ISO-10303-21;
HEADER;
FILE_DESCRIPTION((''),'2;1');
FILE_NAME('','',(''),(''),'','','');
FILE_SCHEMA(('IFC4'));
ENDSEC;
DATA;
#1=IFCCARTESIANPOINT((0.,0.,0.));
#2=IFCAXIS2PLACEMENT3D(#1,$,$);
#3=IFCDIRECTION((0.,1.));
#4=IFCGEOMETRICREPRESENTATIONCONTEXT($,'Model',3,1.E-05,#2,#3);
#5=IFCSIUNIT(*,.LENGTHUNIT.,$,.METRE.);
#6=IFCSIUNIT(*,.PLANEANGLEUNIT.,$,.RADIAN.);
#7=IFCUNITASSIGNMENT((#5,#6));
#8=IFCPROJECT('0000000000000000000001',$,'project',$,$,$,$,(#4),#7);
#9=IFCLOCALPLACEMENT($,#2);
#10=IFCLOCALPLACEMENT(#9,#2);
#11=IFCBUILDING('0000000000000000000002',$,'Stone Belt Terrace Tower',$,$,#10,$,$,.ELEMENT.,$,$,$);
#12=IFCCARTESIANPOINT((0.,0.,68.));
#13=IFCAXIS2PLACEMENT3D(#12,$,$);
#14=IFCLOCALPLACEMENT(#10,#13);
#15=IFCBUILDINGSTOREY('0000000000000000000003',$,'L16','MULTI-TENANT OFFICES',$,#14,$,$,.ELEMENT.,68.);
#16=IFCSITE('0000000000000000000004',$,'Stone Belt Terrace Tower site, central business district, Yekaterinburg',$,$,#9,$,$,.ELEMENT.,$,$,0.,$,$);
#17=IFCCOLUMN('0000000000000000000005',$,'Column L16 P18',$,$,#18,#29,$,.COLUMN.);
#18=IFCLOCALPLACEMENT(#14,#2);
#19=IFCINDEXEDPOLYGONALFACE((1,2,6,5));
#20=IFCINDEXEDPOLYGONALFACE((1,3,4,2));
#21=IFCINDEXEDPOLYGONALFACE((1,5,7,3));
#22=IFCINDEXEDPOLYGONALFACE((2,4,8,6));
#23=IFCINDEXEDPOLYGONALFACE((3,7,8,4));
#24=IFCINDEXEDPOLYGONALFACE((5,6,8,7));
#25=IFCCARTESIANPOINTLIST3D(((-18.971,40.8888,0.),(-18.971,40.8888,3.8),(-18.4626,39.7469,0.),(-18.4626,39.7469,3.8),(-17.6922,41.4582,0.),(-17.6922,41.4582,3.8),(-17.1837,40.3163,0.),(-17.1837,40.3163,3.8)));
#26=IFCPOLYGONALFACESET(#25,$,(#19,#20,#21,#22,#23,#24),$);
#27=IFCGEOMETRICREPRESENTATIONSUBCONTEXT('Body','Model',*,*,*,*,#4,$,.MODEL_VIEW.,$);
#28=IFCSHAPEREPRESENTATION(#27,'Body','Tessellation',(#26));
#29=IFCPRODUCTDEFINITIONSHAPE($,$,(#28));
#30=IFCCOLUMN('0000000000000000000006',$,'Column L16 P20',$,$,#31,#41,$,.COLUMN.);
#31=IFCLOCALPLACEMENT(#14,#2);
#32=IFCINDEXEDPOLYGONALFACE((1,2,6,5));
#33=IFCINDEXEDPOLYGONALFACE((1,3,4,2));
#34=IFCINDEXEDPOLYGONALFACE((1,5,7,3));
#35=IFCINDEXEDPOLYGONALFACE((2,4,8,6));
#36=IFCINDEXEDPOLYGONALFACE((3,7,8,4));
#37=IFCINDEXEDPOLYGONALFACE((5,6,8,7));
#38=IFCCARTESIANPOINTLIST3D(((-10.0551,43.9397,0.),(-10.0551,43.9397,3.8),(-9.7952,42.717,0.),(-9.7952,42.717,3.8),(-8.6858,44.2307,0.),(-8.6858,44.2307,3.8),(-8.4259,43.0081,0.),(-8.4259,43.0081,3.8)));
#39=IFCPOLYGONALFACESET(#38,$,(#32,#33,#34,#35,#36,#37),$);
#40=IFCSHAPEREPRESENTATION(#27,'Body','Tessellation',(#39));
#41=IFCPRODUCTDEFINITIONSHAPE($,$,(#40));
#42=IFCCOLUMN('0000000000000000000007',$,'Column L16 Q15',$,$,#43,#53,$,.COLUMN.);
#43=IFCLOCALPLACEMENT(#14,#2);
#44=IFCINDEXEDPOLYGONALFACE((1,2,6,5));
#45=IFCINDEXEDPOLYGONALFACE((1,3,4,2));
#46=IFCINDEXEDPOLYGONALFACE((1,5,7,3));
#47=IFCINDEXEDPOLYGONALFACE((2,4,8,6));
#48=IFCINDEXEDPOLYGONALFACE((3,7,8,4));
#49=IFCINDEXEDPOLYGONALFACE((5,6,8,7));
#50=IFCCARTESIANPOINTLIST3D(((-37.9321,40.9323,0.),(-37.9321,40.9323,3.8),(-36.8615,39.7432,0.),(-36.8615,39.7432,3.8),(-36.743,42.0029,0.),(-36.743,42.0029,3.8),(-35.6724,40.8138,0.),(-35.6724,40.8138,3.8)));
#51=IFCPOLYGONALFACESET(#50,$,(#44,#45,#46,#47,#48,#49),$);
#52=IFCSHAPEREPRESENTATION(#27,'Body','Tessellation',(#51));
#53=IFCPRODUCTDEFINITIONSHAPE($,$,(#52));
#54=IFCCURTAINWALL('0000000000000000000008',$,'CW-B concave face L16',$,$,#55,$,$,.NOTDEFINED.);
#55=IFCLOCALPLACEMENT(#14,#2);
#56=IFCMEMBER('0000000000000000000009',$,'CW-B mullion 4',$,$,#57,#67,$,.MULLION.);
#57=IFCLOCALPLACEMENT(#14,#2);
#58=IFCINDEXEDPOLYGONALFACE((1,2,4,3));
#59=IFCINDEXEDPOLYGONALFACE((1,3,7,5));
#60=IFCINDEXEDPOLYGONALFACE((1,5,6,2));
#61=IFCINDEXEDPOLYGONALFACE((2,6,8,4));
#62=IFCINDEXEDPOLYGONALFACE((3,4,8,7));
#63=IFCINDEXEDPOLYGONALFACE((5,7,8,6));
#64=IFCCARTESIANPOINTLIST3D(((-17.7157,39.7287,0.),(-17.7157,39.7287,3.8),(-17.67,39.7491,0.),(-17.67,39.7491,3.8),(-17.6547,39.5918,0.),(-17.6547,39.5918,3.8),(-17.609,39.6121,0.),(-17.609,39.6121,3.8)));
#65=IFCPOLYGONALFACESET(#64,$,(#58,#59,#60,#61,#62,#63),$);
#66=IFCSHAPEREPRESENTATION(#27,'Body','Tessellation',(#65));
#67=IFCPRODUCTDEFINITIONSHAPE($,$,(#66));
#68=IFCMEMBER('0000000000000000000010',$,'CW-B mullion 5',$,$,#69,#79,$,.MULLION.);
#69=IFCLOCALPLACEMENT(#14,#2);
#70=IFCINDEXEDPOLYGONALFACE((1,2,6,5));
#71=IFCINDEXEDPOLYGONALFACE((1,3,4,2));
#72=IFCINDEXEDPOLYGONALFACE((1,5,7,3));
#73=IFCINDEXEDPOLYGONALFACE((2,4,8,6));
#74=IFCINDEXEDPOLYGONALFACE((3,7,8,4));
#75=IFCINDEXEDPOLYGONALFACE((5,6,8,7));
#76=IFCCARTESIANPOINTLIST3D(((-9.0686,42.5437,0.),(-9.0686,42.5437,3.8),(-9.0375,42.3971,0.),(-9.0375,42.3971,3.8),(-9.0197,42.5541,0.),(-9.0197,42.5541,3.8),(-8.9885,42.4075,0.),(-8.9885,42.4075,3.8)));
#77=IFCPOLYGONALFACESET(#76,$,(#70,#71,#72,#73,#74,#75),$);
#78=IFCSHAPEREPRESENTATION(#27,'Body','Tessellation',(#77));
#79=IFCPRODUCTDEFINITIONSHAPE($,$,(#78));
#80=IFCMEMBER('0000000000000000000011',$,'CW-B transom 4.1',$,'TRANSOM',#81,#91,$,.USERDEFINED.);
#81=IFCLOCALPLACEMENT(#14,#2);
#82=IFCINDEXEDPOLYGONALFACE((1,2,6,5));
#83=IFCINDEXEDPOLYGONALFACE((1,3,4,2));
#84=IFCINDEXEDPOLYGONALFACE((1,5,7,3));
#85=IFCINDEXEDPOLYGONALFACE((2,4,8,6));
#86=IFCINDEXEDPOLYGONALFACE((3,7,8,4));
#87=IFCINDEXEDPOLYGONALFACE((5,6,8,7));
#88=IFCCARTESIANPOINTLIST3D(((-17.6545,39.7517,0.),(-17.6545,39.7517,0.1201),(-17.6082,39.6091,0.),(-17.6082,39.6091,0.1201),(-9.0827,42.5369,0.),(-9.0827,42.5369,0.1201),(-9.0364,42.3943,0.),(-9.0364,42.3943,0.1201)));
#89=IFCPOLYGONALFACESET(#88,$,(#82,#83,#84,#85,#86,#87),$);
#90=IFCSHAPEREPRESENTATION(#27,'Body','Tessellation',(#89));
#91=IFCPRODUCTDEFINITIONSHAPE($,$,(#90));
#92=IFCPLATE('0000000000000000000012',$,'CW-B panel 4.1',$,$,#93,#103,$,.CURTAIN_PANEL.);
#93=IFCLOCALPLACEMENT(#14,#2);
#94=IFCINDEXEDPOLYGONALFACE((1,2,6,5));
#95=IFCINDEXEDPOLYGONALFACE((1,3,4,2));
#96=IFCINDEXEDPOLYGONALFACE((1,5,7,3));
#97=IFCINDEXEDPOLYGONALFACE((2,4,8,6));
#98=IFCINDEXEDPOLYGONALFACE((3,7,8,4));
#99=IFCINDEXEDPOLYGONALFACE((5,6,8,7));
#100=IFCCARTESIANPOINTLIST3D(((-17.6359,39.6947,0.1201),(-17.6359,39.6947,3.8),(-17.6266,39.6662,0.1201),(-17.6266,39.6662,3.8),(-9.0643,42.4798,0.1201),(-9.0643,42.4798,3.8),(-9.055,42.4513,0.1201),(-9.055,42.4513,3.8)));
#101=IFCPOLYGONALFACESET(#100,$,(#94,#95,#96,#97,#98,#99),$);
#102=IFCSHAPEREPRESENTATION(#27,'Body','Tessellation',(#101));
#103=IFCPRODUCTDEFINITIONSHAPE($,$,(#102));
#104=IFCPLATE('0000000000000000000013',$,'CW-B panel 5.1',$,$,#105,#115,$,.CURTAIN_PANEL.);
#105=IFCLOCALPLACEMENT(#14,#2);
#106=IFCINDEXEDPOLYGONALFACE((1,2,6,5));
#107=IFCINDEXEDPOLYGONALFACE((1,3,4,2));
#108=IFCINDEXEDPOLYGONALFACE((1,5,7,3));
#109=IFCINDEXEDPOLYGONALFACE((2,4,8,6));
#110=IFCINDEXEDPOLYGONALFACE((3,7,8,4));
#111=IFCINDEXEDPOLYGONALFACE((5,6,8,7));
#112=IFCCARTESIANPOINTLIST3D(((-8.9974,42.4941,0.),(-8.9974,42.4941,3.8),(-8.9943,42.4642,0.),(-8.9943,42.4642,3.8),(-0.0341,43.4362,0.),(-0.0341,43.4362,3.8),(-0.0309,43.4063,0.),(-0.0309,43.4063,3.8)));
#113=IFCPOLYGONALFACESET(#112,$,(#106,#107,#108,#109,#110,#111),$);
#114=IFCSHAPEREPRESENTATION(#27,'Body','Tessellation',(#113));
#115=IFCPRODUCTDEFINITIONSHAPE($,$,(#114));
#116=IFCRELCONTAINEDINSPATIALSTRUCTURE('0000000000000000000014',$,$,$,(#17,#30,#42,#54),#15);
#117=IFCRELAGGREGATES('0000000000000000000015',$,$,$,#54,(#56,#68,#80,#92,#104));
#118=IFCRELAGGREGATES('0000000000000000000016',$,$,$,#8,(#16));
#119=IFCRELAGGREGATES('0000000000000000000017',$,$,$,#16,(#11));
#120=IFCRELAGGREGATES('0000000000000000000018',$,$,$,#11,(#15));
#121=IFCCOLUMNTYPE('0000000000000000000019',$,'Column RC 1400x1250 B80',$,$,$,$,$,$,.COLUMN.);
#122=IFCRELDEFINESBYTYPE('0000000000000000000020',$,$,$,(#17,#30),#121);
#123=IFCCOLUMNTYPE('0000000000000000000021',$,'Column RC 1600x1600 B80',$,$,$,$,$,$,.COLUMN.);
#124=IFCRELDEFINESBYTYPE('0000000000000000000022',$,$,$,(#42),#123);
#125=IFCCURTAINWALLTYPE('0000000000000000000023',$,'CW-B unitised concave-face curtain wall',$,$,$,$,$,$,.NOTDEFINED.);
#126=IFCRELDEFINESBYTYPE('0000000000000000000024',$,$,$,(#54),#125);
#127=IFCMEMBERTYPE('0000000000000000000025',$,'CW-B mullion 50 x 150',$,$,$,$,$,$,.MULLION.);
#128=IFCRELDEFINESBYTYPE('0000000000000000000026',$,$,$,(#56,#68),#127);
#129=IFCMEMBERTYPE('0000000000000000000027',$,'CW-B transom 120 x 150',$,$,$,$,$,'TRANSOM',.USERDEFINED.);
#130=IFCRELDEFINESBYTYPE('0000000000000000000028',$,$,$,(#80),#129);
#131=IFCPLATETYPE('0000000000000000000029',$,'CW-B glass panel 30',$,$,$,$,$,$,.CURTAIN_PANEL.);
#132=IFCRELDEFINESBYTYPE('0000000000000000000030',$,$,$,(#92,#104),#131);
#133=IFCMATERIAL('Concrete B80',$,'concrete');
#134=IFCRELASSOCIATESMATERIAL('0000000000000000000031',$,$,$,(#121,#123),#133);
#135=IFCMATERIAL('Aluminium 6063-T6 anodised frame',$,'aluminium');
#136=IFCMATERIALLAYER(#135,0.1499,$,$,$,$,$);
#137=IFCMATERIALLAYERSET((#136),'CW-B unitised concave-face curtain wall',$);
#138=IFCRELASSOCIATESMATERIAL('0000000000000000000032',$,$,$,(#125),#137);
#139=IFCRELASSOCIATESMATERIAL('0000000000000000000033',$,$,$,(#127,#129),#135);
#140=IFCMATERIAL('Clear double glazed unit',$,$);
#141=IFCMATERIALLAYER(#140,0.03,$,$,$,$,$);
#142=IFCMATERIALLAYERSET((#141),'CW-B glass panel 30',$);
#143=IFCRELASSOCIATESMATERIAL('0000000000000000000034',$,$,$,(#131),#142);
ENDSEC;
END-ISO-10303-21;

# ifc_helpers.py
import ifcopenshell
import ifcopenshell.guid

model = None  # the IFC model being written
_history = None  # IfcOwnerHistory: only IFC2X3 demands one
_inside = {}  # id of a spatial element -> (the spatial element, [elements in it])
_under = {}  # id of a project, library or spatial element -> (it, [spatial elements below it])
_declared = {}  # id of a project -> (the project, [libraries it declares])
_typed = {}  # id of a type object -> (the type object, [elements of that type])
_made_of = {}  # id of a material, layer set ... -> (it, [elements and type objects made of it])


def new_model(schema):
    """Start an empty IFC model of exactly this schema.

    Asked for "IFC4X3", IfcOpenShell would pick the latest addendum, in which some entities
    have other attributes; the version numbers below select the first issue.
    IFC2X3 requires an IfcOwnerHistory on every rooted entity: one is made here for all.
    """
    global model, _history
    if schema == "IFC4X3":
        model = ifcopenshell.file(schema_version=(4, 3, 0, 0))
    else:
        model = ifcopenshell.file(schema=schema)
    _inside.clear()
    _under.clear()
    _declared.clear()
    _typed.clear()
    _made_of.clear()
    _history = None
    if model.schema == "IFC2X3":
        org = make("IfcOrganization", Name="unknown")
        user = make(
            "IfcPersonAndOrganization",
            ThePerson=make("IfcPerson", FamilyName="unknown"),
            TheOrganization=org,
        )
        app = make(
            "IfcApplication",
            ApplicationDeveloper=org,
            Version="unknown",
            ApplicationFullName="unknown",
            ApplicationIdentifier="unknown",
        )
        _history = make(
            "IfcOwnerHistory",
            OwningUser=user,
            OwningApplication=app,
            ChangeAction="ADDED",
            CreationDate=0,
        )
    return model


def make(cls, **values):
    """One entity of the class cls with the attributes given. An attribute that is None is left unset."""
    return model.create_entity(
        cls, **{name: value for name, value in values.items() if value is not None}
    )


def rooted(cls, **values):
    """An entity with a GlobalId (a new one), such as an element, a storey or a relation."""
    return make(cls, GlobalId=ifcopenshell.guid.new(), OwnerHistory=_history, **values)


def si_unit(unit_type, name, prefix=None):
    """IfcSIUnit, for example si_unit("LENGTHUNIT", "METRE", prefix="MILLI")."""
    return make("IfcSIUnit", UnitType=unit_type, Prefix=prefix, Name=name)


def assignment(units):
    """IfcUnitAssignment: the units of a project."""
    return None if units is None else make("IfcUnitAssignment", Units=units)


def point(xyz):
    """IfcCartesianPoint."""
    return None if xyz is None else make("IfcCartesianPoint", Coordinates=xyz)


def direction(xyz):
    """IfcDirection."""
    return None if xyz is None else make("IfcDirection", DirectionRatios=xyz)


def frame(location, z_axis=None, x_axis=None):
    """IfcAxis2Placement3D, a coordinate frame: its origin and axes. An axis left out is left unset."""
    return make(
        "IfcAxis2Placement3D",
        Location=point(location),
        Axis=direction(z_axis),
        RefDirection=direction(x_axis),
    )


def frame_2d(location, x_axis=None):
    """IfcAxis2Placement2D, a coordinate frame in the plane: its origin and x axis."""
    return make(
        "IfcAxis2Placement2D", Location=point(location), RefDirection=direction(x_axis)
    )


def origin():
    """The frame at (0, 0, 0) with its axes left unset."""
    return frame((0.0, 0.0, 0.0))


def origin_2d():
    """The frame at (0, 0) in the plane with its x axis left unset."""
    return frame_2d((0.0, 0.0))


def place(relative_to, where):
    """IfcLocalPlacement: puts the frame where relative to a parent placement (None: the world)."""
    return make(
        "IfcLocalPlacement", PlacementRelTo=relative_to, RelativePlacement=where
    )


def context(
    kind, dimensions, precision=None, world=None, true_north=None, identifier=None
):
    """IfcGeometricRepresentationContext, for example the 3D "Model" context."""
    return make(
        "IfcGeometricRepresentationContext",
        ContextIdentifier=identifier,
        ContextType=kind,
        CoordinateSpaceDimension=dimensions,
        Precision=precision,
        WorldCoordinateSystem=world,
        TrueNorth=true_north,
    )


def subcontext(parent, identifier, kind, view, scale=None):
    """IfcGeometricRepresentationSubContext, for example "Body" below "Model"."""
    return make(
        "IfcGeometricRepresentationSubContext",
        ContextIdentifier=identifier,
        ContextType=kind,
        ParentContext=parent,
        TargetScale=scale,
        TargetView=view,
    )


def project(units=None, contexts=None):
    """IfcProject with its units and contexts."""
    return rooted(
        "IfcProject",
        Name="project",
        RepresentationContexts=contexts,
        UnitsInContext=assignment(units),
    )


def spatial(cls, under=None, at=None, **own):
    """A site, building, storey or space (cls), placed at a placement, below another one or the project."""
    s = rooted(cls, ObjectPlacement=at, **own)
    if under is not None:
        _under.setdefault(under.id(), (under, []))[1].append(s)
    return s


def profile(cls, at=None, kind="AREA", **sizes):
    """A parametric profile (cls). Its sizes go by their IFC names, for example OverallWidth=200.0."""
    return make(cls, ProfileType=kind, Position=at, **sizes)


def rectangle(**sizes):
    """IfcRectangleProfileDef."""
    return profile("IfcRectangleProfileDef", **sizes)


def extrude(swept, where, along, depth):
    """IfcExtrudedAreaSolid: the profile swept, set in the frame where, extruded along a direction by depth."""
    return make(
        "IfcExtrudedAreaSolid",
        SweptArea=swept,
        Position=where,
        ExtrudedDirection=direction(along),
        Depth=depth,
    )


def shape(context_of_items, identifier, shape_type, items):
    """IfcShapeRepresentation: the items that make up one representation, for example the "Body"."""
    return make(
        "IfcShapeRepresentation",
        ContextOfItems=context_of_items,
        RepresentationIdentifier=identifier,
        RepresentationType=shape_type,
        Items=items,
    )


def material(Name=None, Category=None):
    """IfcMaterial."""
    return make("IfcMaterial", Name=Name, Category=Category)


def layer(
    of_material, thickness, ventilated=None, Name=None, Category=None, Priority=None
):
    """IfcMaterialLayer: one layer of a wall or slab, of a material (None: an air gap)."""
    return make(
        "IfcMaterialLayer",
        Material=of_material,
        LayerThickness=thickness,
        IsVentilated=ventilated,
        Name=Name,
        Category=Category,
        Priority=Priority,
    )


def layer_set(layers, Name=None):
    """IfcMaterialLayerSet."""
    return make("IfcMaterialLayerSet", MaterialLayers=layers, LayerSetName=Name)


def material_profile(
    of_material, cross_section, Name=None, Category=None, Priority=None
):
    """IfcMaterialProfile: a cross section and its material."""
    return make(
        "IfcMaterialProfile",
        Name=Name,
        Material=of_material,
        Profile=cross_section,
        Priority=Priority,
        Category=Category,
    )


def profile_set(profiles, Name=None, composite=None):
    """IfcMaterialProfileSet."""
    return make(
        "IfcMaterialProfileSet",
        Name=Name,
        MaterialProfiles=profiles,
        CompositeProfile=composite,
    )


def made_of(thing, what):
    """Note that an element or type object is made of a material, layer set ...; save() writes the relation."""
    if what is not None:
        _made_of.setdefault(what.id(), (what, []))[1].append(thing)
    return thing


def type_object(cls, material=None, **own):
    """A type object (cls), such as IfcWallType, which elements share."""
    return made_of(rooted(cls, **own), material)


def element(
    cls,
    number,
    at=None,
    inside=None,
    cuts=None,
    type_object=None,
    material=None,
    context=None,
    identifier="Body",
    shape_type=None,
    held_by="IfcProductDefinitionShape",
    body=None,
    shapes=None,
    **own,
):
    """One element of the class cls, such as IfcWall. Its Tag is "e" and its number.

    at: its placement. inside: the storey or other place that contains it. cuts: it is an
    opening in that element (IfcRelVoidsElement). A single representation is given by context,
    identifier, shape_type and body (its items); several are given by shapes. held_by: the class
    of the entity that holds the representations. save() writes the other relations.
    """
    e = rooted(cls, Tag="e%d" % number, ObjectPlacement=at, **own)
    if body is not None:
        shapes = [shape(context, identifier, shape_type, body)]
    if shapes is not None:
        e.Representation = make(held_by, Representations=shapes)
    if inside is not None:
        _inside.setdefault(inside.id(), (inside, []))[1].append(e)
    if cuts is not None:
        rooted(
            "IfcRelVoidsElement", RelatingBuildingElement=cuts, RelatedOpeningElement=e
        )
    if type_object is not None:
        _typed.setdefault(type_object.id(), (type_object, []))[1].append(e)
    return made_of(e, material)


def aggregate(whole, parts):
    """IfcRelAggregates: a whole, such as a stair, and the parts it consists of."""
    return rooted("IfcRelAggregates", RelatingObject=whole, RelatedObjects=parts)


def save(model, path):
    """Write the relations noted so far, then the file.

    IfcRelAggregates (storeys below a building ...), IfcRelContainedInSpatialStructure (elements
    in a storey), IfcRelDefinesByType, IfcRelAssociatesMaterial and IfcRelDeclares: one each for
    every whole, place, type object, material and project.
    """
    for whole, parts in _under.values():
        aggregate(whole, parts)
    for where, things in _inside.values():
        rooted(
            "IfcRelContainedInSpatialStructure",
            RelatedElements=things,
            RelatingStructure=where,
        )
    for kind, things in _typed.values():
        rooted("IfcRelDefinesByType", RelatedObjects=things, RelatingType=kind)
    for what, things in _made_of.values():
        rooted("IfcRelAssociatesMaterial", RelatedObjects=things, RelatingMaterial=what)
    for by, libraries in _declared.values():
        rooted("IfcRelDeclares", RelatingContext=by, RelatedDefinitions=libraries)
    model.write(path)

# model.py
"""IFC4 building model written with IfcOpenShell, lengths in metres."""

from ifc_helpers import new_model, si_unit, direction, frame, origin, origin_2d, place, context, subcontext, project, spatial, rectangle, extrude, material, layer, layer_set, material_profile, profile_set, type_object, element, aggregate, save


model = new_model("IFC4")

# Units and contexts
model_context = context("Model", 3, precision=1e-05, world=origin(), true_north=direction((0.0, 1.0)))
body_context = subcontext(model_context, "Body", "Model", "MODEL_VIEW")
ifc_project = project(units=[si_unit("LENGTHUNIT", "METRE"), si_unit("PLANEANGLEUNIT", "RADIAN")], contexts=[model_context])

# Site, building, storey
site_placement = place(None, origin())
site = spatial("IfcSite", under=ifc_project, at=site_placement, Name="Stone Belt Terrace Tower site, central business district, Yekaterinburg", CompositionType="ELEMENT", RefElevation=0.0)
building_placement = place(site_placement, origin())
building = spatial("IfcBuilding", under=site, at=building_placement, Name="Stone Belt Terrace Tower", CompositionType="ELEMENT")
storey_placement = place(building_placement, frame((0.0, 0.0, 68.0)))
storey = spatial("IfcBuildingStorey", under=building, at=storey_placement, Name="L16", Description="MULTI-TENANT OFFICES", CompositionType="ELEMENT", Elevation=68.0)

# Columns
ifc_material_1 = material(Name="Concrete B80", Category="concrete")
ifc_material_profile_1 = material_profile(ifc_material_1, rectangle(XDim=1.3999, YDim=1.25, at=origin_2d()), Name="RC 1400x1250")
ifc_profile_set_1 = profile_set([ifc_material_profile_1], Name="Concrete B80")
column_type_1 = type_object("IfcColumnType", Name="Column RC 1400x1250 B80", PredefinedType="COLUMN", material=ifc_profile_set_1)
for number, where, z_axis, x_axis, name in (
    (1, (-18.0774, 40.6025, 0.0), (0.0, 0.0, 1.0), (0.913545, 0.406737, 0.0), "Column L16 P18"),
    (2, (-9.2405, 43.4739, 0.0), (0.0, 0.0, 1.0), (0.978148, 0.207912, 0.0), "Column L16 P20"),
):
    element("IfcColumn", number, at=place(storey_placement, frame(where, z_axis=z_axis, x_axis=x_axis)), inside=storey, type_object=column_type_1, Name=name, PredefinedType="COLUMN", context=body_context, shape_type="SweptSolid", body=[
        extrude(rectangle(XDim=1.3999, YDim=1.25, at=origin_2d()), origin(), (0.0, 0.0, 1.0), 3.8),
    ])
ifc_material_profile_2 = material_profile(ifc_material_1, rectangle(XDim=1.6001, YDim=1.6001, at=origin_2d()), Name="RC 1600x1600")
ifc_profile_set_2 = profile_set([ifc_material_profile_2], Name="Concrete B80")
column_type_2 = type_object("IfcColumnType", Name="Column RC 1600x1600 B80", PredefinedType="COLUMN", material=ifc_profile_set_2)
column_placement = place(storey_placement, frame((-36.8022, 40.873, 0.0), z_axis=(0.0, 0.0, 1.0), x_axis=(0.743145, 0.669131, 0.0)))
element("IfcColumn", 3, at=column_placement, inside=storey, type_object=column_type_2, Name="Column L16 Q15", PredefinedType="COLUMN", context=body_context, shape_type="SweptSolid", body=[
    extrude(rectangle(XDim=1.6001, YDim=1.6001, at=origin_2d()), origin(), (0.0, 0.0, 1.0), 3.8),
])

# Curtain wall, members, plates
ifc_material_2 = material(Name="Aluminium 6063-T6 anodised frame", Category="aluminium")
ifc_layer_1 = layer(ifc_material_2, 0.1499)
ifc_layer_set_1 = layer_set([ifc_layer_1], Name="CW-B unitised concave-face curtain wall")
curtain_wall_type = type_object("IfcCurtainWallType", Name="CW-B unitised concave-face curtain wall", PredefinedType="NOTDEFINED", material=ifc_layer_set_1)
curtain_wall_placement = place(storey_placement, origin())
curtain_wall = element("IfcCurtainWall", 4, at=curtain_wall_placement, inside=storey, type_object=curtain_wall_type, Name="CW-B concave face L16", PredefinedType="NOTDEFINED")
ifc_material_profile_3 = material_profile(ifc_material_2, rectangle(XDim=0.1499, YDim=0.05, at=origin_2d()), Name="Aluminium 6063-T6 50x150")
ifc_profile_set_3 = profile_set([ifc_material_profile_3], Name="Aluminium 6063-T6 anodised frame")
member_type_1 = type_object("IfcMemberType", Name="CW-B mullion 50 x 150", PredefinedType="MULLION", material=ifc_profile_set_3)
member_1_placement = place(storey_placement, frame((-17.6624, 39.6704, 0.0), z_axis=(0.0, 0.0, 1.0), x_axis=(-0.406737, 0.913545, 0.0)))
member_1 = element("IfcMember", 5, at=member_1_placement, type_object=member_type_1, Name="CW-B mullion 4", PredefinedType="MULLION", context=body_context, shape_type="SweptSolid", body=[
    extrude(rectangle(XDim=0.1499, YDim=0.05, at=origin_2d()), origin(), (0.0, 0.0, 1.0), 3.8),
])
member_2_placement = place(storey_placement, frame((-9.0286, 42.4756, 0.0), z_axis=(0.0, 0.0, 1.0), x_axis=(-0.207912, 0.978148, 0.0)))
member_2 = element("IfcMember", 6, at=member_2_placement, type_object=member_type_1, Name="CW-B mullion 5", PredefinedType="MULLION", context=body_context, shape_type="SweptSolid", body=[
    extrude(rectangle(XDim=0.1499, YDim=0.05, at=origin_2d()), origin(), (0.0, 0.0, 1.0), 3.8),
])
ifc_material_profile_4 = material_profile(ifc_material_2, rectangle(XDim=0.1499, YDim=0.1201, at=origin_2d()), Name="Aluminium 6063-T6 150x120")
ifc_profile_set_4 = profile_set([ifc_material_profile_4], Name="Aluminium 6063-T6 anodised frame")
member_type_2 = type_object("IfcMemberType", Name="CW-B transom 120 x 150", ElementType="TRANSOM", PredefinedType="USERDEFINED", material=ifc_profile_set_4)
member_3_placement = place(storey_placement, frame((-17.6313, 39.6804, 0.0601), z_axis=(0.951056, 0.309019, 0.0), x_axis=(-0.309019, 0.951056, 0.0)))
member_3 = element("IfcMember", 7, at=member_3_placement, type_object=member_type_2, Name="CW-B transom 4.1", ObjectType="TRANSOM", PredefinedType="USERDEFINED", context=body_context, shape_type="SweptSolid", body=[
    extrude(rectangle(XDim=0.1499, YDim=0.1201, at=origin_2d()), origin(), (0.0, 0.0, 1.0), 9.0129),
])
ifc_material_3 = material(Name="Clear double glazed unit")
ifc_layer_2 = layer(ifc_material_3, 0.03)
ifc_layer_set_2 = layer_set([ifc_layer_2], Name="CW-B glass panel 30")
plate_type = type_object("IfcPlateType", Name="CW-B glass panel 30", PredefinedType="CURTAIN_PANEL", material=ifc_layer_set_2)
plate_1_placement = place(storey_placement, frame((-13.3455, 41.073, 0.1201), z_axis=(0.0, 0.0, 1.0), x_axis=(0.951057, 0.309017, 0.0)))
plate_1 = element("IfcPlate", 8, at=plate_1_placement, type_object=plate_type, Name="CW-B panel 4.1", PredefinedType="CURTAIN_PANEL", context=body_context, shape_type="SweptSolid", body=[
    extrude(rectangle(XDim=9.0127, YDim=0.03, at=origin_2d()), origin(), (0.0, 0.0, 1.0), 3.6799),
])
plate_2_placement = place(storey_placement, frame((-4.5142, 42.9502, 0.0), z_axis=(0.0, 0.0, 1.0), x_axis=(0.994522, 0.104528, 0.0)))
plate_2 = element("IfcPlate", 9, at=plate_2_placement, type_object=plate_type, Name="CW-B panel 5.1", PredefinedType="CURTAIN_PANEL", context=body_context, shape_type="SweptSolid", body=[
    extrude(rectangle(XDim=9.0127, YDim=0.03, at=origin_2d()), origin(), (0.0, 0.0, 1.0), 3.8),
])
aggregate(curtain_wall, [member_1, member_2, member_3, plate_1, plate_2])

save(model, "model.ifc")
